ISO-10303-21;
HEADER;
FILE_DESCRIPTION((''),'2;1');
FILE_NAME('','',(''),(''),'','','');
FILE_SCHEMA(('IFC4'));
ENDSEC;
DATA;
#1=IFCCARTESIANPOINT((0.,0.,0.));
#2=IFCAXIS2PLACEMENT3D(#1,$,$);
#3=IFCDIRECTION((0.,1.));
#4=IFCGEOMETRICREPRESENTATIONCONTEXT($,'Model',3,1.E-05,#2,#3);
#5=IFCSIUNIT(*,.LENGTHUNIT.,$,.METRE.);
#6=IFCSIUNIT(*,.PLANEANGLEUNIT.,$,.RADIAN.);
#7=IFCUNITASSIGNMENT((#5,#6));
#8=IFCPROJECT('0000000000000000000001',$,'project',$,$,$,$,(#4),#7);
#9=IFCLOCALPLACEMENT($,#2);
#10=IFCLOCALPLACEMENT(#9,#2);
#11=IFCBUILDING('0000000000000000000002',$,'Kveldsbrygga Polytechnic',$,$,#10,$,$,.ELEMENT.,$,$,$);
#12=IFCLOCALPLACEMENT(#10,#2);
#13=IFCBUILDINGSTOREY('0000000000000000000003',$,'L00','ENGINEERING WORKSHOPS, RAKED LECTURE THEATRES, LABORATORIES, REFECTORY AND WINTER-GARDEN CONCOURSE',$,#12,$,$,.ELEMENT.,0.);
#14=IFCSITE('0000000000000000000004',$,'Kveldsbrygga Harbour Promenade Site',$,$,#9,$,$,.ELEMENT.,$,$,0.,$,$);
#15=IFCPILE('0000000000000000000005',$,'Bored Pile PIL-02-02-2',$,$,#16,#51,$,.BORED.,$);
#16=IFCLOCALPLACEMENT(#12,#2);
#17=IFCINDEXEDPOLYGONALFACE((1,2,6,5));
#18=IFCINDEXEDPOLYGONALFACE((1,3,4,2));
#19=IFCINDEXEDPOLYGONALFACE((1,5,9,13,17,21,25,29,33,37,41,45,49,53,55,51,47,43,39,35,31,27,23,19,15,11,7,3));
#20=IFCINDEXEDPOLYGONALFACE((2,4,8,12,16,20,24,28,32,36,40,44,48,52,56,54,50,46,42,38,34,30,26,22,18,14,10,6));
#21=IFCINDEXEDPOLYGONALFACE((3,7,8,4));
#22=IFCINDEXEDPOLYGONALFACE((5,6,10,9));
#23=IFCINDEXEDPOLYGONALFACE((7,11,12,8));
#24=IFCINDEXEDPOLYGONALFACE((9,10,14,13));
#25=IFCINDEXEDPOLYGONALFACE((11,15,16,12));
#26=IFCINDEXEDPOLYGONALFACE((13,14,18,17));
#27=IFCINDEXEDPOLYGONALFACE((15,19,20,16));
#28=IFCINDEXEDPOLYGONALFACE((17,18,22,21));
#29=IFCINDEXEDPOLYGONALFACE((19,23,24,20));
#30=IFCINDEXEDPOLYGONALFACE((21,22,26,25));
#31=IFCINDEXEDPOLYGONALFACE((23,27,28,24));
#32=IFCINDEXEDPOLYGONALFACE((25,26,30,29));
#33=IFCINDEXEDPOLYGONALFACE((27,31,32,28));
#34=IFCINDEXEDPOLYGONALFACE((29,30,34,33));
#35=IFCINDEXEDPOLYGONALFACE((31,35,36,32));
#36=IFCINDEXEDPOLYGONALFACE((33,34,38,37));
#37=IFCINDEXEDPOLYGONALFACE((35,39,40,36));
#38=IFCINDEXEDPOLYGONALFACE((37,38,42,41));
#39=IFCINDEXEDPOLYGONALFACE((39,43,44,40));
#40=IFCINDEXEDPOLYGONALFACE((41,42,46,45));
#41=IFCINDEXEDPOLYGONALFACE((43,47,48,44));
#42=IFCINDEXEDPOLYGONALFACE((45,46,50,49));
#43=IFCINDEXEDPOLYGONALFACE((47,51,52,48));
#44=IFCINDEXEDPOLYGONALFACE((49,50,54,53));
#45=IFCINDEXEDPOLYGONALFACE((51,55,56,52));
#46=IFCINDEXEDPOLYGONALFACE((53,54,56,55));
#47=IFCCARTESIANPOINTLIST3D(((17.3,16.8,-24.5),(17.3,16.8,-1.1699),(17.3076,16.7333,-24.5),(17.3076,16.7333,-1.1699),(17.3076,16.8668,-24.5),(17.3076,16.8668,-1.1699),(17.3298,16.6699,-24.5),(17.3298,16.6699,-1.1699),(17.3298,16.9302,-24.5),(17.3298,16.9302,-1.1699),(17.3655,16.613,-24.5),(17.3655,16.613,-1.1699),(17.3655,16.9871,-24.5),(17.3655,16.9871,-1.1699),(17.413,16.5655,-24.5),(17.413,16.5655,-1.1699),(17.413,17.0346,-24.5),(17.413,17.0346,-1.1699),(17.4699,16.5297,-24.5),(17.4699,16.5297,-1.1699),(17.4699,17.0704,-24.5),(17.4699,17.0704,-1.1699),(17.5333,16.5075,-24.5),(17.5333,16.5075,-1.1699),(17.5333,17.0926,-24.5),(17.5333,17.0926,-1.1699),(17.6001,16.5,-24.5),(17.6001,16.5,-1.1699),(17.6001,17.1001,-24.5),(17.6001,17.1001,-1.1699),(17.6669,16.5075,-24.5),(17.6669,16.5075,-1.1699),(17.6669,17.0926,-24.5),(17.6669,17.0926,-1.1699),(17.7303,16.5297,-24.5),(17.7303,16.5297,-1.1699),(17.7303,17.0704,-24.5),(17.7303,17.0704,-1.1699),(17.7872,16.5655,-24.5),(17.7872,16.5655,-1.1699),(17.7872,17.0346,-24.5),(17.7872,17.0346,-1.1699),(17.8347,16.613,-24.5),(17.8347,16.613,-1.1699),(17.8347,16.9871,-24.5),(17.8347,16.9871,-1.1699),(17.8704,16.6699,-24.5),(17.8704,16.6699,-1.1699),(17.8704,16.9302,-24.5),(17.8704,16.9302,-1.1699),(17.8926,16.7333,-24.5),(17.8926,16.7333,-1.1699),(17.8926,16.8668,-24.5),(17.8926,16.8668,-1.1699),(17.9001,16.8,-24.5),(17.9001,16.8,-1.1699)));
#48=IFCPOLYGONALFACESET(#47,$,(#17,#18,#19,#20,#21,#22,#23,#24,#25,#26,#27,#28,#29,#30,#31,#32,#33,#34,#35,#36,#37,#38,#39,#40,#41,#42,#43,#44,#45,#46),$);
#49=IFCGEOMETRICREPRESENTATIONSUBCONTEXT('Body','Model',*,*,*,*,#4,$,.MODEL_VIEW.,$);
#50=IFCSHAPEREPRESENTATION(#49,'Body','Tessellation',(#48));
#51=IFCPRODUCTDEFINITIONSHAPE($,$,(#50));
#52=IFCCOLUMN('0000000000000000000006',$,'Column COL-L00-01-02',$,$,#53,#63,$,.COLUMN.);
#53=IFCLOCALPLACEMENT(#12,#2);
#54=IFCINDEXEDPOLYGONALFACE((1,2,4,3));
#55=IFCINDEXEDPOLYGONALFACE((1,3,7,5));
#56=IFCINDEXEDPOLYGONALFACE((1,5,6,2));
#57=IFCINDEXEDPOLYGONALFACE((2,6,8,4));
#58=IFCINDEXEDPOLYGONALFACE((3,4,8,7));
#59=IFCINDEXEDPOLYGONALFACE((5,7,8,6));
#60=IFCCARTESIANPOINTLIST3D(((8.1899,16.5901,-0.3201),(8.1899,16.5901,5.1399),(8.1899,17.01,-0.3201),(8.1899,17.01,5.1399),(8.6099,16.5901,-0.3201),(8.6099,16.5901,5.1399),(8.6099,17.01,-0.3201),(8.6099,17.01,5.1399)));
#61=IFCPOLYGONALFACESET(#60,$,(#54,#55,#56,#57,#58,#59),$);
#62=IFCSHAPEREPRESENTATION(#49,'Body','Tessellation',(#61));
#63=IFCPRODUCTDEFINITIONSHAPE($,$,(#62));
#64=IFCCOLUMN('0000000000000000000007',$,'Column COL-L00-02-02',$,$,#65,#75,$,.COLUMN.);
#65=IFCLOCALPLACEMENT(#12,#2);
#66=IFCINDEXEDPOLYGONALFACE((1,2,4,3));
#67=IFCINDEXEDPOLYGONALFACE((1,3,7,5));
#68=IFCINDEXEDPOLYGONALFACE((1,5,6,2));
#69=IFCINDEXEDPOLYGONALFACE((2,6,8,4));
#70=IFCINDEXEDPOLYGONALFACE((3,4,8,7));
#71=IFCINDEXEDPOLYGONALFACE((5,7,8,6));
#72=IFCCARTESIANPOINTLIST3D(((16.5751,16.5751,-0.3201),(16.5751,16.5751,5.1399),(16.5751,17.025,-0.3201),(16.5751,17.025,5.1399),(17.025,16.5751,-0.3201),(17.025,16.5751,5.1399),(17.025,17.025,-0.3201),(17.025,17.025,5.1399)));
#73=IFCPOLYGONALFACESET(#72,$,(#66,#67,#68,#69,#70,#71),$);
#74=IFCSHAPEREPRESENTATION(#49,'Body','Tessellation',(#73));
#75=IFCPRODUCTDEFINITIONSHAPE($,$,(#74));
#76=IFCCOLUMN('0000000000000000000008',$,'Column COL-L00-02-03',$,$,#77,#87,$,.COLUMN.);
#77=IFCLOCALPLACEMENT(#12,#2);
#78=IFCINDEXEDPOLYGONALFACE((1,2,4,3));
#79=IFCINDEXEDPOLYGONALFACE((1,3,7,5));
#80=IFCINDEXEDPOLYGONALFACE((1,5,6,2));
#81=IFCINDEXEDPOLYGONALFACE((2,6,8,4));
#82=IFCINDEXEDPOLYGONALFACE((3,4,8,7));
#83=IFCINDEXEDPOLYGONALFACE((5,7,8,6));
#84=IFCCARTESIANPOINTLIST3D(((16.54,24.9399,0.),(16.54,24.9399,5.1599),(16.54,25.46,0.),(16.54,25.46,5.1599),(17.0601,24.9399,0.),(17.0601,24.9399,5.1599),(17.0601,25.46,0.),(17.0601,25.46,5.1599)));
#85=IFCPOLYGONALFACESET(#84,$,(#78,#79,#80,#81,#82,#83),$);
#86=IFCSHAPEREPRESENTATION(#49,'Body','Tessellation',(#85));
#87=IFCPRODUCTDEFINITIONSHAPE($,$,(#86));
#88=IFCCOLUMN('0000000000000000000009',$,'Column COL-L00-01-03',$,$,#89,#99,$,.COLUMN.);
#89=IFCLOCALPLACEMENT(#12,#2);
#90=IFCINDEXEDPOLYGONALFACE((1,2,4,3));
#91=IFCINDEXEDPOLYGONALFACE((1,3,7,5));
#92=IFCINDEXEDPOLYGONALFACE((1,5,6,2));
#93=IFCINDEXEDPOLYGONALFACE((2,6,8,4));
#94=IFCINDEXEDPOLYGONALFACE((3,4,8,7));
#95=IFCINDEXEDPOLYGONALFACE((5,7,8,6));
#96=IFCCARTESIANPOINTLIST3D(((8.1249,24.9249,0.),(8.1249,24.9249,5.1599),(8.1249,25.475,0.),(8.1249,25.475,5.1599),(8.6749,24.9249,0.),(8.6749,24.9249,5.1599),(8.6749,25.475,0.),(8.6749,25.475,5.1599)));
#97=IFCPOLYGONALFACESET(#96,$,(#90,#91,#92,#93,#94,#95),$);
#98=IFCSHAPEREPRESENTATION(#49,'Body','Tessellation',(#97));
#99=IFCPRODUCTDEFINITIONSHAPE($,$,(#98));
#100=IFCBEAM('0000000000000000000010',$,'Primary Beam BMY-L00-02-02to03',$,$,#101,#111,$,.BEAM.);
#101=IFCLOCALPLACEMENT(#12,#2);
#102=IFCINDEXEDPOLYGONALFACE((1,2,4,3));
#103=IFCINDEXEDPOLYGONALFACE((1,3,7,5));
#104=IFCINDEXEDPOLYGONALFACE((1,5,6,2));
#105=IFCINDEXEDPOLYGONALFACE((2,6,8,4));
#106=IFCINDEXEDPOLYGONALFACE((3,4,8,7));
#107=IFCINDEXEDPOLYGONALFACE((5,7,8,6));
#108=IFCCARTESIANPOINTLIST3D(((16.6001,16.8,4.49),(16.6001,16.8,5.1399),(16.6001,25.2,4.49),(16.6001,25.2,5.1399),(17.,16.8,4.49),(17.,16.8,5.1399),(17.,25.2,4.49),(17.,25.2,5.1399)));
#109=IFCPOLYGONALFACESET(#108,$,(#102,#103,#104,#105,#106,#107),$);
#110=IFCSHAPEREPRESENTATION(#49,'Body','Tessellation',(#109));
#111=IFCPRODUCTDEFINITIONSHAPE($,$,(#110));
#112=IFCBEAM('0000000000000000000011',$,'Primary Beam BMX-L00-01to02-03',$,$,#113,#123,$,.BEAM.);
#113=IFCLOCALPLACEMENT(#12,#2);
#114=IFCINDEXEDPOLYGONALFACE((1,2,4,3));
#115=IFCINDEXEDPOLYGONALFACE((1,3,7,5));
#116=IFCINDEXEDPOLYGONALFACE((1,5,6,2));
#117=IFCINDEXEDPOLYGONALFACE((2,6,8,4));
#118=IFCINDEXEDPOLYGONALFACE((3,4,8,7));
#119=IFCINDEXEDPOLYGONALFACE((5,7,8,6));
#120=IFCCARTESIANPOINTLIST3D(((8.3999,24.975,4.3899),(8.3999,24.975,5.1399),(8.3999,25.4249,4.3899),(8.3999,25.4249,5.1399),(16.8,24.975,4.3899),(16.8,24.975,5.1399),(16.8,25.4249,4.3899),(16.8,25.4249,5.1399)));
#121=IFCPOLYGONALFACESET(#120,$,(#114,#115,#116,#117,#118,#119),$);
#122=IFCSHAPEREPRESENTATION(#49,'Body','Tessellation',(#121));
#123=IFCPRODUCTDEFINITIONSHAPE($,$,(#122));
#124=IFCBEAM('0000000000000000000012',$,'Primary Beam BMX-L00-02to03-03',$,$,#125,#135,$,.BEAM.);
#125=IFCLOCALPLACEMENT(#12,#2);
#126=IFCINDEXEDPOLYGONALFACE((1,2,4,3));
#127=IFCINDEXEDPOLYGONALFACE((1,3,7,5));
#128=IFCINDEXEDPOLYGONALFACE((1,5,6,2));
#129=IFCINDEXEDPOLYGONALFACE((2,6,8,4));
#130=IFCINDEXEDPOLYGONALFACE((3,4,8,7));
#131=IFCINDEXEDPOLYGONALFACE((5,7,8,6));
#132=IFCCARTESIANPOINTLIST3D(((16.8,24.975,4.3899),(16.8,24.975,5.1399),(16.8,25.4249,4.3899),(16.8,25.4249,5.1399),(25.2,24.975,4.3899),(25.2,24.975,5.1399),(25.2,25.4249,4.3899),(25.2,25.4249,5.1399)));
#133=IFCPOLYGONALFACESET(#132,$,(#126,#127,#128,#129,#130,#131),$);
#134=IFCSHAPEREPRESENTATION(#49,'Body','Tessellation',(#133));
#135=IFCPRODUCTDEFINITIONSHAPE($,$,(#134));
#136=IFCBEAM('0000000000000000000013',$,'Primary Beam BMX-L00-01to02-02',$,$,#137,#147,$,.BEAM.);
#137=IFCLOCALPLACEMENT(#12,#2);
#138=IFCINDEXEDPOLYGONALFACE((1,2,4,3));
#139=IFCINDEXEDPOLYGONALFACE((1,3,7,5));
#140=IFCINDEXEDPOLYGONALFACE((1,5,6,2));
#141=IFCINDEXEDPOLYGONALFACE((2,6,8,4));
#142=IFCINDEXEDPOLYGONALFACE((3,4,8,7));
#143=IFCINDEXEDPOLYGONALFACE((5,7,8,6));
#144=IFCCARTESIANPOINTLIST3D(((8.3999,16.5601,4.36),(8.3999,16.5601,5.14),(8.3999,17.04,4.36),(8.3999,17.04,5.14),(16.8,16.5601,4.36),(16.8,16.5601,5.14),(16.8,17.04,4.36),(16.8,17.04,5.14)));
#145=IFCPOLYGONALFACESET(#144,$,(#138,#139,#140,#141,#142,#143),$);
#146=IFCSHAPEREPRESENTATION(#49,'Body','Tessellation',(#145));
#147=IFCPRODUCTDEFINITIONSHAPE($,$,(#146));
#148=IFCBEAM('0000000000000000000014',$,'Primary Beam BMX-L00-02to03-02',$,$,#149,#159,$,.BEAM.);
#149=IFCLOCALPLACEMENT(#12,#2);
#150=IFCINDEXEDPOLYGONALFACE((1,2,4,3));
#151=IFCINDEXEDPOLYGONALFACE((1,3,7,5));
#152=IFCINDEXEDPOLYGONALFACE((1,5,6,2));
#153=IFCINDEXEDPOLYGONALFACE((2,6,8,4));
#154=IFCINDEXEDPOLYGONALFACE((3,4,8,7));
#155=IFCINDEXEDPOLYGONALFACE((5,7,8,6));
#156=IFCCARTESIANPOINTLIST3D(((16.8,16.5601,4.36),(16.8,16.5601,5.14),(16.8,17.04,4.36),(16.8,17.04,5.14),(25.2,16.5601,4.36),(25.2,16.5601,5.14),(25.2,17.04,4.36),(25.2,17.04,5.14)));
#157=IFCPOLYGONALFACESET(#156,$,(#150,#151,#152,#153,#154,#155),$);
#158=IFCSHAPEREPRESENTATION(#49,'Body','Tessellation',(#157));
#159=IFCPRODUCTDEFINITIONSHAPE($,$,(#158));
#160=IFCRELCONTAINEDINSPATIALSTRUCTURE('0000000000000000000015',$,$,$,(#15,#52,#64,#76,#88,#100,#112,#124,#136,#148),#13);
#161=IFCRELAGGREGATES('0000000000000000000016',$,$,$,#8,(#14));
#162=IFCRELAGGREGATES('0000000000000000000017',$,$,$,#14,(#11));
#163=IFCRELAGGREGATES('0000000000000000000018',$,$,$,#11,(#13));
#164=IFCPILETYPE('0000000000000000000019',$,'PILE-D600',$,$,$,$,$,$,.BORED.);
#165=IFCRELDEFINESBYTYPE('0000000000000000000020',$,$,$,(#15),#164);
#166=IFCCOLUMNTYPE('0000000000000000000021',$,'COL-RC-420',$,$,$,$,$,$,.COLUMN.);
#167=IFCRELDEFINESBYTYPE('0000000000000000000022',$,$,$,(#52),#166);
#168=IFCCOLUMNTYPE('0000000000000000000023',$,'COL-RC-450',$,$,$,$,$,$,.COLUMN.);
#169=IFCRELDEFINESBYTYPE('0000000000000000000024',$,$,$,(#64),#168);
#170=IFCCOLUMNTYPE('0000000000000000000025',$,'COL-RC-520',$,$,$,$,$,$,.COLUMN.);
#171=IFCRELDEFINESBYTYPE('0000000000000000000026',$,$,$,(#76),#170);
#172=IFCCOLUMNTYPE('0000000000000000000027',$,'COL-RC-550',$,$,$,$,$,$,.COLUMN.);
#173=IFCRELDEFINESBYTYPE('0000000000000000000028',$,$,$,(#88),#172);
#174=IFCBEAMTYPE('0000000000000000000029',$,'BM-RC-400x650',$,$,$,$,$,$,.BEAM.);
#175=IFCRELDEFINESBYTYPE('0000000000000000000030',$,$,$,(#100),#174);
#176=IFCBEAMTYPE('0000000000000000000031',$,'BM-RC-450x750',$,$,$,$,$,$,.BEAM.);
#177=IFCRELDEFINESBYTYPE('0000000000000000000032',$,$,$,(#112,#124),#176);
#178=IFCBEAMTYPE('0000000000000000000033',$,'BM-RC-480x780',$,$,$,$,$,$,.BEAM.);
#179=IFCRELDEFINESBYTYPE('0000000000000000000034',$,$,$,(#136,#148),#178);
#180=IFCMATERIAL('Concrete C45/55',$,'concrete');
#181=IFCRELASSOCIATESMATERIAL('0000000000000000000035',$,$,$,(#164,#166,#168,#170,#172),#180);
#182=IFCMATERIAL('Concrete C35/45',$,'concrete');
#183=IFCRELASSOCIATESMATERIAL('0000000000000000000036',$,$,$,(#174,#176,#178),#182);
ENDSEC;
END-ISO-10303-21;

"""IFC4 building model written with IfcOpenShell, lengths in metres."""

from ifc_helpers import new_model, si_unit, direction, frame, origin, origin_2d, place, context, subcontext, project, spatial, rectangle, circle, extrude, material, material_profile, profile_set, type_object, element, save


model = new_model("IFC4")

# Units and contexts
model_context = context("Model", 3, precision=1e-05, world=origin(), true_north=direction((0.0, 1.0)))
body_context = subcontext(model_context, "Body", "Model", "MODEL_VIEW")
ifc_project = project(units=[si_unit("LENGTHUNIT", "METRE"), si_unit("PLANEANGLEUNIT", "RADIAN")], contexts=[model_context])

# Site, building, storey
site_placement = place(None, origin())
site = spatial("IfcSite", under=ifc_project, at=site_placement, Name="Kveldsbrygga Harbour Promenade Site", CompositionType="ELEMENT", RefElevation=0.0)
building_placement = place(site_placement, origin())
building = spatial("IfcBuilding", under=site, at=building_placement, Name="Kveldsbrygga Polytechnic", CompositionType="ELEMENT")
storey_placement = place(building_placement, origin())
storey = spatial("IfcBuildingStorey", under=building, at=storey_placement, Name="L00", Description="ENGINEERING WORKSHOPS, RAKED LECTURE THEATRES, LABORATORIES, REFECTORY AND WINTER-GARDEN CONCOURSE", CompositionType="ELEMENT", Elevation=0.0)

# Shared definitions
ifc_material_1 = material(Name="Concrete C45/55", Category="concrete")

# Pile
ifc_material_profile_1 = material_profile(ifc_material_1, circle(Radius=0.3, at=origin_2d()), Name="PILE D600")
ifc_profile_set_1 = profile_set([ifc_material_profile_1], Name="Concrete C45/55")
pile_type = type_object("IfcPileType", Name="PILE-D600", PredefinedType="BORED", material=ifc_profile_set_1)
for number, where, z_axis, x_axis, name in (
    (1, (17.6001, 16.8, -1.1699), (0.0, 0.0, -1.0), (1.0, 0.0, 0.0), "Bored Pile PIL-02-02-2"),
):
    element("IfcPile", number, at=place(storey_placement, frame(where, z_axis=z_axis, x_axis=x_axis)), inside=storey, type_object=pile_type, Name=name, PredefinedType="BORED", context=body_context, shape_type="SweptSolid", body=[
        extrude(circle(Radius=0.3, at=origin_2d()), origin(), (0.0, 0.0, 1.0), 23.3301),
    ])

# Columns
ifc_material_profile_2 = material_profile(ifc_material_1, rectangle(XDim=0.4199, YDim=0.4199, at=origin_2d()), Name="RC 420x420")
ifc_profile_set_2 = profile_set([ifc_material_profile_2], Name="Concrete C45/55")
column_type_1 = type_object("IfcColumnType", Name="COL-RC-420", PredefinedType="COLUMN", material=ifc_profile_set_2)
column_1_placement = place(storey_placement, frame((8.3999, 16.8, -0.3201), z_axis=(0.0, 0.0, 1.0), x_axis=(1.0, 0.0, 0.0)))
element("IfcColumn", 2, at=column_1_placement, inside=storey, type_object=column_type_1, Name="Column COL-L00-01-02", PredefinedType="COLUMN", context=body_context, shape_type="SweptSolid", body=[
    extrude(rectangle(XDim=0.4199, YDim=0.4199, at=origin_2d()), origin(), (0.0, 0.0, 1.0), 5.46),
])
ifc_material_profile_3 = material_profile(ifc_material_1, rectangle(XDim=0.45, YDim=0.45, at=origin_2d()), Name="RC 450x450")
ifc_profile_set_3 = profile_set([ifc_material_profile_3], Name="Concrete C45/55")
column_type_2 = type_object("IfcColumnType", Name="COL-RC-450", PredefinedType="COLUMN", material=ifc_profile_set_3)
column_2_placement = place(storey_placement, frame((16.8, 16.8, -0.3201), z_axis=(0.0, 0.0, 1.0), x_axis=(1.0, 0.0, 0.0)))
element("IfcColumn", 3, at=column_2_placement, inside=storey, type_object=column_type_2, Name="Column COL-L00-02-02", PredefinedType="COLUMN", context=body_context, shape_type="SweptSolid", body=[
    extrude(rectangle(XDim=0.45, YDim=0.45, at=origin_2d()), origin(), (0.0, 0.0, 1.0), 5.46),
])
ifc_material_profile_4 = material_profile(ifc_material_1, rectangle(XDim=0.52, YDim=0.52, at=origin_2d()), Name="RC 520x520")
ifc_profile_set_4 = profile_set([ifc_material_profile_4], Name="Concrete C45/55")
column_type_3 = type_object("IfcColumnType", Name="COL-RC-520", PredefinedType="COLUMN", material=ifc_profile_set_4)
column_3_placement = place(storey_placement, frame((16.8, 25.2, 0.0), z_axis=(0.0, 0.0, 1.0), x_axis=(1.0, 0.0, 0.0)))
element("IfcColumn", 4, at=column_3_placement, inside=storey, type_object=column_type_3, Name="Column COL-L00-02-03", PredefinedType="COLUMN", context=body_context, shape_type="SweptSolid", body=[
    extrude(rectangle(XDim=0.52, YDim=0.52, at=origin_2d()), origin(), (0.0, 0.0, 1.0), 5.1599),
])
ifc_material_profile_5 = material_profile(ifc_material_1, rectangle(XDim=0.55, YDim=0.55, at=origin_2d()), Name="RC 550x550")
ifc_profile_set_5 = profile_set([ifc_material_profile_5], Name="Concrete C45/55")
column_type_4 = type_object("IfcColumnType", Name="COL-RC-550", PredefinedType="COLUMN", material=ifc_profile_set_5)
column_4_placement = place(storey_placement, frame((8.3999, 25.2, 0.0), z_axis=(0.0, 0.0, 1.0), x_axis=(1.0, 0.0, 0.0)))
element("IfcColumn", 5, at=column_4_placement, inside=storey, type_object=column_type_4, Name="Column COL-L00-01-03", PredefinedType="COLUMN", context=body_context, shape_type="SweptSolid", body=[
    extrude(rectangle(XDim=0.55, YDim=0.55, at=origin_2d()), origin(), (0.0, 0.0, 1.0), 5.1599),
])

# Beams
ifc_material_2 = material(Name="Concrete C35/45", Category="concrete")
ifc_material_profile_6 = material_profile(ifc_material_2, rectangle(XDim=0.3999, YDim=0.6499, at=origin_2d()), Name="RC 400x650")
ifc_profile_set_6 = profile_set([ifc_material_profile_6], Name="Concrete C35/45")
beam_type_1 = type_object("IfcBeamType", Name="BM-RC-400x650", PredefinedType="BEAM", material=ifc_profile_set_6)
beam_1_placement = place(storey_placement, frame((16.8, 16.8, 4.8149), z_axis=(0.0, 1.0, 0.0), x_axis=(-1.0, 0.0, 0.0)))
element("IfcBeam", 6, at=beam_1_placement, inside=storey, type_object=beam_type_1, Name="Primary Beam BMY-L00-02-02to03", PredefinedType="BEAM", context=body_context, shape_type="SweptSolid", body=[
    extrude(rectangle(XDim=0.3999, YDim=0.6499, at=origin_2d()), origin(), (0.0, 0.0, 1.0), 8.3999),
])
ifc_material_profile_7 = material_profile(ifc_material_2, rectangle(XDim=0.45, YDim=0.75, at=origin_2d()), Name="RC 450x750")
ifc_profile_set_7 = profile_set([ifc_material_profile_7], Name="Concrete C35/45")
beam_type_2 = type_object("IfcBeamType", Name="BM-RC-450x750", PredefinedType="BEAM", material=ifc_profile_set_7)
beam_2_placement = place(storey_placement, frame((8.3999, 25.2, 4.7649), z_axis=(1.0, 0.0, 0.0), x_axis=(0.0, 1.0, 0.0)))
element("IfcBeam", 7, at=beam_2_placement, inside=storey, type_object=beam_type_2, Name="Primary Beam BMX-L00-01to02-03", PredefinedType="BEAM", context=body_context, shape_type="SweptSolid", body=[
    extrude(rectangle(XDim=0.45, YDim=0.75, at=origin_2d()), origin(), (0.0, 0.0, 1.0), 8.4001),
])
beam_3_placement = place(storey_placement, frame((16.8, 25.2, 4.7649), z_axis=(1.0, 0.0, 0.0), x_axis=(0.0, 1.0, 0.0)))
element("IfcBeam", 8, at=beam_3_placement, inside=storey, type_object=beam_type_2, Name="Primary Beam BMX-L00-02to03-03", PredefinedType="BEAM", context=body_context, shape_type="SweptSolid", body=[
    extrude(rectangle(XDim=0.45, YDim=0.75, at=origin_2d()), origin(), (0.0, 0.0, 1.0), 8.3999),
])
ifc_material_profile_8 = material_profile(ifc_material_2, rectangle(XDim=0.48, YDim=0.78, at=origin_2d()), Name="RC 480x780")
ifc_profile_set_8 = profile_set([ifc_material_profile_8], Name="Concrete C35/45")
beam_type_3 = type_object("IfcBeamType", Name="BM-RC-480x780", PredefinedType="BEAM", material=ifc_profile_set_8)
beam_4_placement = place(storey_placement, frame((8.3999, 16.8, 4.75), z_axis=(1.0, 0.0, 0.0), x_axis=(0.0, 1.0, 0.0)))
element("IfcBeam", 9, at=beam_4_placement, inside=storey, type_object=beam_type_3, Name="Primary Beam BMX-L00-01to02-02", PredefinedType="BEAM", context=body_context, shape_type="SweptSolid", body=[
    extrude(rectangle(XDim=0.48, YDim=0.78, at=origin_2d()), origin(), (0.0, 0.0, 1.0), 8.4001),
])
beam_5_placement = place(storey_placement, frame((16.8, 16.8, 4.75), z_axis=(1.0, 0.0, 0.0), x_axis=(0.0, 1.0, 0.0)))
element("IfcBeam", 10, at=beam_5_placement, inside=storey, type_object=beam_type_3, Name="Primary Beam BMX-L00-02to03-02", PredefinedType="BEAM", context=body_context, shape_type="SweptSolid", body=[
    extrude(rectangle(XDim=0.48, YDim=0.78, at=origin_2d()), origin(), (0.0, 0.0, 1.0), 8.3999),
])

save(model, "model.ifc")
